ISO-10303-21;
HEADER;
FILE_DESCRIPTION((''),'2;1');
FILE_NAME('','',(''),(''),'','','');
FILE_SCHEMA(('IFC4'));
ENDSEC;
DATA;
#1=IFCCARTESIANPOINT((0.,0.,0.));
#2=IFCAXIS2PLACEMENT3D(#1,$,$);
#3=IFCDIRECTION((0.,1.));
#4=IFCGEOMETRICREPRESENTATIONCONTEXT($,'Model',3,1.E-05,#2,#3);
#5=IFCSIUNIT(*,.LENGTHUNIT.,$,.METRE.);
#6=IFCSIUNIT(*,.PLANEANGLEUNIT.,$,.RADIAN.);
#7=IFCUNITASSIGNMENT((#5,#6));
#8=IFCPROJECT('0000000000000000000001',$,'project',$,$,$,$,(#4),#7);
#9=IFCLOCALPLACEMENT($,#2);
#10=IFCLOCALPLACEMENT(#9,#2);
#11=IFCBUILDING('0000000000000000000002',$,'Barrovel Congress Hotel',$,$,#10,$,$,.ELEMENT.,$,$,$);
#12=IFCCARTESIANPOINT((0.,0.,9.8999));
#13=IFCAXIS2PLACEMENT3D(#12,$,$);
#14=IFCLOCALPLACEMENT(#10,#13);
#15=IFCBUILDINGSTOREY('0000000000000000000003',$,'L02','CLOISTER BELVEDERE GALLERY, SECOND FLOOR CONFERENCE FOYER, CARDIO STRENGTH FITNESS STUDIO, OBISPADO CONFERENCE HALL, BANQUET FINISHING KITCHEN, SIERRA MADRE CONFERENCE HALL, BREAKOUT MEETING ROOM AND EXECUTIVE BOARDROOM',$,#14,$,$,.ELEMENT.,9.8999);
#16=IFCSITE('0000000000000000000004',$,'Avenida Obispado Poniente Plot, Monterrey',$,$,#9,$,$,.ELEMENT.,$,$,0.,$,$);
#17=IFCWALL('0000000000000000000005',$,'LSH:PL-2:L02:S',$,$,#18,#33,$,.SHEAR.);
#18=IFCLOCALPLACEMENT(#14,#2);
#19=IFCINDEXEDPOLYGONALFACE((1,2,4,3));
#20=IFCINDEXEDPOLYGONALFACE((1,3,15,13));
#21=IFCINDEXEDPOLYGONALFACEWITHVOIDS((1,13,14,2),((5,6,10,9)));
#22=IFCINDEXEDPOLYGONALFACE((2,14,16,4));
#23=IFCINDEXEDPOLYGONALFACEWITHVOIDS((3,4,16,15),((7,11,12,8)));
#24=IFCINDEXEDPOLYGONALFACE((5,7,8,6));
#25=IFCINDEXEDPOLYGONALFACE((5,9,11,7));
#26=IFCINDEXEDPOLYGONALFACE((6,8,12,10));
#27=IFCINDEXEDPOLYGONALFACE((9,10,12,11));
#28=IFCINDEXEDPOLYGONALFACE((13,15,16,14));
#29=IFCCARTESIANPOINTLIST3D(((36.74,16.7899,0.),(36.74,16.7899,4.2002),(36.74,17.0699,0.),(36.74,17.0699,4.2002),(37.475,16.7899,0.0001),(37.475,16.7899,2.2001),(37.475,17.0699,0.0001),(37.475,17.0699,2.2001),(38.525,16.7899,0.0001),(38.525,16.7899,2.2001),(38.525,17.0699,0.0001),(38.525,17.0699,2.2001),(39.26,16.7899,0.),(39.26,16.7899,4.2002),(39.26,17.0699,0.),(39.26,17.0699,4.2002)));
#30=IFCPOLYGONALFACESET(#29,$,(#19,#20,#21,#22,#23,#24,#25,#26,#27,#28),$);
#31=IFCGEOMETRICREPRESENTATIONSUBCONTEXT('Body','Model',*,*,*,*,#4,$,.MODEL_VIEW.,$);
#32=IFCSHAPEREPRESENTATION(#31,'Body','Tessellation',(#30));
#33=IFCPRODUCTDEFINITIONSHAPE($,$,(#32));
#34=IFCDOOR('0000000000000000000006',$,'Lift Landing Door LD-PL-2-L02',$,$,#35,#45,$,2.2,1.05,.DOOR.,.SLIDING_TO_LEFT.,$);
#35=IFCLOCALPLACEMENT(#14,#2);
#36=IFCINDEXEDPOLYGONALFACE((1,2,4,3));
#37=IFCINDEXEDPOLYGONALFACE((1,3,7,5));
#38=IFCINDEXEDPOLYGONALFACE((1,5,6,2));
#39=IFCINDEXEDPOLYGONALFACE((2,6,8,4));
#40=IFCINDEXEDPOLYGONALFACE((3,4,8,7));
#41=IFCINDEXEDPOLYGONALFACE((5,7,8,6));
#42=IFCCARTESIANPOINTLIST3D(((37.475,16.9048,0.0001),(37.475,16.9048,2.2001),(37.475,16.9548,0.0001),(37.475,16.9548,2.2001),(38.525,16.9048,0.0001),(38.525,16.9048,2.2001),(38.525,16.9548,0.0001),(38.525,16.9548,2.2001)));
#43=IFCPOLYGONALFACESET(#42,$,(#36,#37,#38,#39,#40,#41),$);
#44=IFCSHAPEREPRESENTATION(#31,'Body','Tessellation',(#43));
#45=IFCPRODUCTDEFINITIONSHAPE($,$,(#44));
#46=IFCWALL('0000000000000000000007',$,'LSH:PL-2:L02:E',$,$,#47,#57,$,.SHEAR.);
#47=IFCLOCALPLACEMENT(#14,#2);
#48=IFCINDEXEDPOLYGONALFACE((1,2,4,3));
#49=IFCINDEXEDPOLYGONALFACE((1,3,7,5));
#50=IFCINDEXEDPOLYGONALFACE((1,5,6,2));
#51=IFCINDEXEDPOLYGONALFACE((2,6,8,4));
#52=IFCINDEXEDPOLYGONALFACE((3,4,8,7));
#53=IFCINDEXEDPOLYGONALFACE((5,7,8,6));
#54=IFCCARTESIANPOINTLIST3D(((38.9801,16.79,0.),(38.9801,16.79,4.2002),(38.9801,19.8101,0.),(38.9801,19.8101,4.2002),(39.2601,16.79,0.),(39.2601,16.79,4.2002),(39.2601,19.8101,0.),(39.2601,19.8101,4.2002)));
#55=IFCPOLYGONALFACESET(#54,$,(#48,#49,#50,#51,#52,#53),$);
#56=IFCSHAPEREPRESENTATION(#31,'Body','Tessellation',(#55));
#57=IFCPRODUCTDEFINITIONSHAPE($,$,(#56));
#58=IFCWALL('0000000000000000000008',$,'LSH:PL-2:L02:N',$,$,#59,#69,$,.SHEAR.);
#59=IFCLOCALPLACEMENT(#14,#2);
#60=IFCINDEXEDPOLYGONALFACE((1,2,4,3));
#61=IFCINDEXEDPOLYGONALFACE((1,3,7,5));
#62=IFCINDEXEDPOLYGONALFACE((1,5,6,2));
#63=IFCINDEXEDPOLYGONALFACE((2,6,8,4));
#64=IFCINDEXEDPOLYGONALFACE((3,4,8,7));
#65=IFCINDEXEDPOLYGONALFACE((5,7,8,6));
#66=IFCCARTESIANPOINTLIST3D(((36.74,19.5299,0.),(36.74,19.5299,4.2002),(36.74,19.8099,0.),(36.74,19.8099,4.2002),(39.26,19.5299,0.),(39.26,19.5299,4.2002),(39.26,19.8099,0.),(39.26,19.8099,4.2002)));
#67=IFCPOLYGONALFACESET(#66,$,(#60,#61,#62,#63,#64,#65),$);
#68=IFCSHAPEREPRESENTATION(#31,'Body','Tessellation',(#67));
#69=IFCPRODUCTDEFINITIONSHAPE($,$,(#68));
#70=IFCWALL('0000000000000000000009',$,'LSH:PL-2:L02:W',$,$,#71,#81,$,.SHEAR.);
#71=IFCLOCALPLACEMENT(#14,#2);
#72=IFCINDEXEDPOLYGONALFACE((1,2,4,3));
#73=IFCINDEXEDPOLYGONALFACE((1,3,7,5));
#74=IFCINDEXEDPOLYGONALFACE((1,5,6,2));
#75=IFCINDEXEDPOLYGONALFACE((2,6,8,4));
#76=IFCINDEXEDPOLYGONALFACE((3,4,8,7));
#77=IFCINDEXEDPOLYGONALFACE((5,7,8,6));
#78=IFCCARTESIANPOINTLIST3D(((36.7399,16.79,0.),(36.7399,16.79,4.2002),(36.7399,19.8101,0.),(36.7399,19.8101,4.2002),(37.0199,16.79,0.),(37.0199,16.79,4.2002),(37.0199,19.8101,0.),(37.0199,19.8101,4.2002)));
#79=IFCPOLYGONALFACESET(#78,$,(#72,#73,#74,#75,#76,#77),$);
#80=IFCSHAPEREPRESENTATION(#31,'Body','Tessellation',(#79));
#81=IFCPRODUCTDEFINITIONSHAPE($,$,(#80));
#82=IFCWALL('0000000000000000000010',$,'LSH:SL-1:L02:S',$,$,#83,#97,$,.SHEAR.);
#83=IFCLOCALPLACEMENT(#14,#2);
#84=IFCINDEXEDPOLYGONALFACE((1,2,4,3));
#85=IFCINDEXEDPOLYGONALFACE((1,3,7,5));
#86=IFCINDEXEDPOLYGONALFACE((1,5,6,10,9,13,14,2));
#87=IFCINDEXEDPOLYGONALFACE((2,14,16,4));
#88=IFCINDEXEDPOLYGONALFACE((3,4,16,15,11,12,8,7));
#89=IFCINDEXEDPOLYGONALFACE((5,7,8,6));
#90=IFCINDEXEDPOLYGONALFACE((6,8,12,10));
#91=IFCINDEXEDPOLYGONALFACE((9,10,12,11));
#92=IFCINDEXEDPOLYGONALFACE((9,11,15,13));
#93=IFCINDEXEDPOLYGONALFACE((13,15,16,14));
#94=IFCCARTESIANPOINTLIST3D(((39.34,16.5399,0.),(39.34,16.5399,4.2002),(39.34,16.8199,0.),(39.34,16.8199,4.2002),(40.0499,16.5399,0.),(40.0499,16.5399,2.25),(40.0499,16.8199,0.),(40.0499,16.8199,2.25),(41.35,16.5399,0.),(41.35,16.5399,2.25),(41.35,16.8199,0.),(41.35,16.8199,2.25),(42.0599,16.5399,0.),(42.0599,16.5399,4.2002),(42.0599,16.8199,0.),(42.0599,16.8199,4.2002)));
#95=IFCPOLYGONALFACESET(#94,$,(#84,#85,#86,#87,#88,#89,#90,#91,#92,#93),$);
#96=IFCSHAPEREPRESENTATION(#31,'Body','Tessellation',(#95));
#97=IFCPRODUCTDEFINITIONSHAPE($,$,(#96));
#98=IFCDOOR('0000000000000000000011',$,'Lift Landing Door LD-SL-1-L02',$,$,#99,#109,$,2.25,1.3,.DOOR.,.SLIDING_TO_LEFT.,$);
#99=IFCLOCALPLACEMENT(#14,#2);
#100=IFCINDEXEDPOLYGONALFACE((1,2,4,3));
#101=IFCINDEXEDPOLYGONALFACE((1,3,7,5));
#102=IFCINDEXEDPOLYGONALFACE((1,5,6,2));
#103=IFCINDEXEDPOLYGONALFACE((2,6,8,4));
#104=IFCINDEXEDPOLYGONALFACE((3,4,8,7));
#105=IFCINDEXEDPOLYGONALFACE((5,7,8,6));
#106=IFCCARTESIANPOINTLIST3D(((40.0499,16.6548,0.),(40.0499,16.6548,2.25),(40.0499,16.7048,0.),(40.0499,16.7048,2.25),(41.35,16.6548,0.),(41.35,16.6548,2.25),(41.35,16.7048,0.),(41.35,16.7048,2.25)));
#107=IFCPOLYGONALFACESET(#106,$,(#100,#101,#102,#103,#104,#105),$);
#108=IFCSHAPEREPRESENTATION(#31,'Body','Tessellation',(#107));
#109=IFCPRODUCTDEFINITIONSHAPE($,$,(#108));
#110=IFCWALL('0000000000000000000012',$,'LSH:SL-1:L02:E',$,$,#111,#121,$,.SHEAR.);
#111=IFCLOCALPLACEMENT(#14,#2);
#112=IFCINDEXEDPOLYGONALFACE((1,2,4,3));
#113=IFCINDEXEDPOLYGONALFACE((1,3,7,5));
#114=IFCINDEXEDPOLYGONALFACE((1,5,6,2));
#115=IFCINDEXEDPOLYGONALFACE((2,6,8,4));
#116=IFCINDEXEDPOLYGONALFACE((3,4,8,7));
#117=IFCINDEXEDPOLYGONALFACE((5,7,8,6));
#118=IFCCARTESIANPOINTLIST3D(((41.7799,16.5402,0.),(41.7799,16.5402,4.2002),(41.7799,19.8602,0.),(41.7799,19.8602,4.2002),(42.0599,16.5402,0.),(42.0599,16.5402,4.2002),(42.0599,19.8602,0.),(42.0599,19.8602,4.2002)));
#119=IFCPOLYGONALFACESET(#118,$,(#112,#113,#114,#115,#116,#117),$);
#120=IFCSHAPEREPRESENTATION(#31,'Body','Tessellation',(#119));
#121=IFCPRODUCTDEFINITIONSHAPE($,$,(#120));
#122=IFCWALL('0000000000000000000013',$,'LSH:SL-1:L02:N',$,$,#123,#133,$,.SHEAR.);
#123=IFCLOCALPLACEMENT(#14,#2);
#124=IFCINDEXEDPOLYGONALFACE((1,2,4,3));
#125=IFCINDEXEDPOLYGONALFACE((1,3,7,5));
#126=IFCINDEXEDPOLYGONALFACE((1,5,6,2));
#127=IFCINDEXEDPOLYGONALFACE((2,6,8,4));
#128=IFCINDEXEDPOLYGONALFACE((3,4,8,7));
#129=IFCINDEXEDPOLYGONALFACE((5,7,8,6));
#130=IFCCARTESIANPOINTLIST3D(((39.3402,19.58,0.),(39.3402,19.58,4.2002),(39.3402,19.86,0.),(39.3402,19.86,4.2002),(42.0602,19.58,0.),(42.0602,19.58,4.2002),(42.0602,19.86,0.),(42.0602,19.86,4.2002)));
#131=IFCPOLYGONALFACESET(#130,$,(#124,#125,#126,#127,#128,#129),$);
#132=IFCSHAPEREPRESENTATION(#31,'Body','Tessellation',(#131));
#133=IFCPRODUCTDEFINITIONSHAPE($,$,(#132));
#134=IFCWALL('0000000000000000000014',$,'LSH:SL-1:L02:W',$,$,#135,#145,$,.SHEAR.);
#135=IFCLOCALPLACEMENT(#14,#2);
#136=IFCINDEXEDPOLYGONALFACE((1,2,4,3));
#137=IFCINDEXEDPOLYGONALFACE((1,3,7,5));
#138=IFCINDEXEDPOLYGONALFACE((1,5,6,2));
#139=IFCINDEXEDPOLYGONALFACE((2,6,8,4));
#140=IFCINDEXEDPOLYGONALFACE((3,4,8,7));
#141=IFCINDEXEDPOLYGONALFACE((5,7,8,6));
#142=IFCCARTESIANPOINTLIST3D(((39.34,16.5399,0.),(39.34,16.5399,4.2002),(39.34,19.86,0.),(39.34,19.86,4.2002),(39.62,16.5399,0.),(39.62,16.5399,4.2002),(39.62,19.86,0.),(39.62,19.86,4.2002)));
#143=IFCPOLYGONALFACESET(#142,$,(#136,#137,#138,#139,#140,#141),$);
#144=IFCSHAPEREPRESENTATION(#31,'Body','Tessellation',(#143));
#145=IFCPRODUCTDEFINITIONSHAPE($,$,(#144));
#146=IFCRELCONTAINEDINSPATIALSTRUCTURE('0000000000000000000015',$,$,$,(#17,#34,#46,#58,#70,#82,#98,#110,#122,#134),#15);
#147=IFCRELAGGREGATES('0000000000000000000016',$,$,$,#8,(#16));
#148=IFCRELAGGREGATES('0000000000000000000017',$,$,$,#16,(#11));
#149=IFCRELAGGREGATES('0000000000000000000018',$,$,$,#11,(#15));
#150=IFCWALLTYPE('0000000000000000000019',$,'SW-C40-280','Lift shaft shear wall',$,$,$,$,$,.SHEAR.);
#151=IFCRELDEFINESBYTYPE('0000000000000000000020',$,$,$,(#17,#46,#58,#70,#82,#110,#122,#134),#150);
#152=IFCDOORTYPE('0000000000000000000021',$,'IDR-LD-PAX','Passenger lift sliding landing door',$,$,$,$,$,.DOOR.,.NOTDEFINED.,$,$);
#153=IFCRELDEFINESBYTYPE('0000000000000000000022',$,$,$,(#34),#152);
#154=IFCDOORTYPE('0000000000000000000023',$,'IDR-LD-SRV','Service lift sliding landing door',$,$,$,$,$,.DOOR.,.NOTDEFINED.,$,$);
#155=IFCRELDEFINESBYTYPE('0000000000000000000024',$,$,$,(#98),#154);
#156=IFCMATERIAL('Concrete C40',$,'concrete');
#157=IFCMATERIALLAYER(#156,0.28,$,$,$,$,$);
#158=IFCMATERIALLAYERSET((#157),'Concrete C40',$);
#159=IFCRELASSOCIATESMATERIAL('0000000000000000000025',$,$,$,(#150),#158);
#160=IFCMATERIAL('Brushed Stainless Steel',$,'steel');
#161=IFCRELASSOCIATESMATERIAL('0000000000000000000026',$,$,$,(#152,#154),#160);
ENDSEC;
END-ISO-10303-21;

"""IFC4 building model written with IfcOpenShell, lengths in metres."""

from ifc_helpers import new_model, si_unit, direction, frame, frame_2d, origin, place, context, subcontext, project, spatial, rectangle, extrude, material, layer, layer_set, type_object, element, fill, save


model = new_model("IFC4")

# Units and contexts
model_context = context("Model", 3, precision=1e-05, world=origin(), true_north=direction((0.0, 1.0)))
body_context = subcontext(model_context, "Body", "Model", "MODEL_VIEW")
ifc_project = project(units=[si_unit("LENGTHUNIT", "METRE"), si_unit("PLANEANGLEUNIT", "RADIAN")], contexts=[model_context])

# Site, building, storey
site_placement = place(None, origin())
site = spatial("IfcSite", under=ifc_project, at=site_placement, Name="Avenida Obispado Poniente Plot, Monterrey", CompositionType="ELEMENT", RefElevation=0.0)
building_placement = place(site_placement, origin())
building = spatial("IfcBuilding", under=site, at=building_placement, Name="Barrovel Congress Hotel", CompositionType="ELEMENT")
storey_placement = place(building_placement, frame((0.0, 0.0, 9.8999)))
storey = spatial("IfcBuildingStorey", under=building, at=storey_placement, Name="L02", Description="CLOISTER BELVEDERE GALLERY, SECOND FLOOR CONFERENCE FOYER, CARDIO STRENGTH FITNESS STUDIO, OBISPADO CONFERENCE HALL, BANQUET FINISHING KITCHEN, SIERRA MADRE CONFERENCE HALL, BREAKOUT MEETING ROOM AND EXECUTIVE BOARDROOM", CompositionType="ELEMENT", Elevation=9.8999)

# Shared definitions
ifc_material_1 = material(Name="Concrete C40", Category="concrete")

# Shared definitions
ifc_layer_1 = layer(ifc_material_1, 0.28)
ifc_layer_set_1 = layer_set([ifc_layer_1], Name="Concrete C40")
wall_type_1 = type_object("IfcWallType", Name="SW-C40-280", Description="Lift shaft shear wall", PredefinedType="SHEAR", material=ifc_layer_set_1)

# Wall, opening, door
wall_1_placement = place(storey_placement, frame((36.74, 16.9299, 0.0), z_axis=(0.0, 0.0, 1.0), x_axis=(1.0, 0.0, 0.0)))
wall_1 = element("IfcWall", 1, at=wall_1_placement, inside=storey, type_object=wall_type_1, Name="LSH:PL-2:L02:S", PredefinedType="SHEAR", context=body_context, shape_type="SweptSolid", body=[
    extrude(rectangle(XDim=2.52, YDim=0.28, at=frame_2d((1.26, 0.0))), origin(), (0.0, 0.0, 1.0), 4.2002),
])
opening_1_placement = place(wall_1_placement, frame((0.7351, 0.0, 0.0)))
opening_1 = element("IfcOpeningElement", 2, at=opening_1_placement, cuts=wall_1, PredefinedType="OPENING", context=body_context, shape_type="SweptSolid", body=[
    extrude(rectangle(XDim=1.05, YDim=2.2, at=frame_2d((0.5249, 1.1001))), frame((0.0, 0.1499, 0.0), z_axis=(0.0, -1.0, 0.0), x_axis=(1.0, 0.0, 0.0)), (0.0, 0.0, 1.0), 0.3),
])
ifc_material_2 = material(Name="Brushed Stainless Steel", Category="steel")
door_type_1 = type_object("IfcDoorType", Name="IDR-LD-PAX", Description="Passenger lift sliding landing door", OperationType="NOTDEFINED", PredefinedType="DOOR", material=ifc_material_2)
door_1_placement = place(opening_1_placement, origin())
door_1 = element("IfcDoor", 3, at=door_1_placement, inside=storey, type_object=door_type_1, Name="Lift Landing Door LD-PL-2-L02", OperationType="SLIDING_TO_LEFT", OverallHeight=2.2, OverallWidth=1.05, PredefinedType="DOOR", context=body_context, shape_type="SweptSolid", body=[
    extrude(rectangle(XDim=1.05, YDim=2.2, at=frame_2d((0.5249, 1.1001))), frame((0.0, 0.0249, 0.0), z_axis=(0.0, -1.0, 0.0), x_axis=(1.0, 0.0, 0.0)), (0.0, 0.0, 1.0), 0.05),
])
fill(opening_1, door_1)

# Walls
wall_2_placement = place(storey_placement, frame((39.1201, 16.79, 0.0), z_axis=(0.0, 0.0, 1.0), x_axis=(0.0, 1.0, 0.0)))
element("IfcWall", 4, at=wall_2_placement, inside=storey, type_object=wall_type_1, Name="LSH:PL-2:L02:E", PredefinedType="SHEAR", context=body_context, shape_type="SweptSolid", body=[
    extrude(rectangle(XDim=3.02, YDim=0.28, at=frame_2d((1.51, 0.0))), origin(), (0.0, 0.0, 1.0), 4.2002),
])
wall_3_placement = place(storey_placement, frame((39.26, 19.6699, 0.0), z_axis=(0.0, 0.0, 1.0), x_axis=(-1.0, 0.0, 0.0)))
element("IfcWall", 5, at=wall_3_placement, inside=storey, type_object=wall_type_1, Name="LSH:PL-2:L02:N", PredefinedType="SHEAR", context=body_context, shape_type="SweptSolid", body=[
    extrude(rectangle(XDim=2.52, YDim=0.28, at=frame_2d((1.26, 0.0))), origin(), (0.0, 0.0, 1.0), 4.2002),
])
wall_4_placement = place(storey_placement, frame((36.8799, 19.8101, 0.0), z_axis=(0.0, 0.0, 1.0), x_axis=(0.0, -1.0, 0.0)))
element("IfcWall", 6, at=wall_4_placement, inside=storey, type_object=wall_type_1, Name="LSH:PL-2:L02:W", PredefinedType="SHEAR", context=body_context, shape_type="SweptSolid", body=[
    extrude(rectangle(XDim=3.02, YDim=0.28, at=frame_2d((1.51, 0.0))), origin(), (0.0, 0.0, 1.0), 4.2002),
])

# Wall, opening, door
wall_5_placement = place(storey_placement, frame((39.3401, 16.6799, 0.0), z_axis=(0.0, 0.0, 1.0), x_axis=(1.0, 0.0, 0.0)))
wall_5 = element("IfcWall", 7, at=wall_5_placement, inside=storey, type_object=wall_type_1, Name="LSH:SL-1:L02:S", PredefinedType="SHEAR", context=body_context, shape_type="SweptSolid", body=[
    extrude(rectangle(XDim=2.72, YDim=0.28, at=frame_2d((1.3599, 0.0))), origin(), (0.0, 0.0, 1.0), 4.2002),
])
opening_2_placement = place(wall_5_placement, frame((0.71, 0.0, 0.0)))
opening_2 = element("IfcOpeningElement", 8, at=opening_2_placement, cuts=wall_5, PredefinedType="OPENING", context=body_context, shape_type="SweptSolid", body=[
    extrude(rectangle(XDim=1.3, YDim=2.25, at=frame_2d((0.6499, 1.125))), frame((0.0, 0.1499, 0.0), z_axis=(0.0, -1.0, 0.0), x_axis=(1.0, 0.0, 0.0)), (0.0, 0.0, 1.0), 0.3),
])
door_type_2 = type_object("IfcDoorType", Name="IDR-LD-SRV", Description="Service lift sliding landing door", OperationType="NOTDEFINED", PredefinedType="DOOR", material=ifc_material_2)
door_2_placement = place(opening_2_placement, origin())
door_2 = element("IfcDoor", 9, at=door_2_placement, inside=storey, type_object=door_type_2, Name="Lift Landing Door LD-SL-1-L02", OperationType="SLIDING_TO_LEFT", OverallHeight=2.25, OverallWidth=1.3, PredefinedType="DOOR", context=body_context, shape_type="SweptSolid", body=[
    extrude(rectangle(XDim=1.3, YDim=2.25, at=frame_2d((0.6499, 1.125))), frame((0.0, 0.0249, 0.0), z_axis=(0.0, -1.0, 0.0), x_axis=(1.0, 0.0, 0.0)), (0.0, 0.0, 1.0), 0.05),
])
fill(opening_2, door_2)

# Walls
wall_6_placement = place(storey_placement, frame((41.9199, 16.54, 0.0), z_axis=(0.0, 0.0, 1.0), x_axis=(0.0, 1.0, 0.0)))
element("IfcWall", 10, at=wall_6_placement, inside=storey, type_object=wall_type_1, Name="LSH:SL-1:L02:E", PredefinedType="SHEAR", context=body_context, shape_type="SweptSolid", body=[
    extrude(rectangle(XDim=3.3201, YDim=0.28, at=frame_2d((1.6602, 0.0))), origin(), (0.0, 0.0, 1.0), 4.2002),
])
wall_7_placement = place(storey_placement, frame((42.0601, 19.72, 0.0), z_axis=(0.0, 0.0, 1.0), x_axis=(-1.0, 0.0, 0.0)))
element("IfcWall", 11, at=wall_7_placement, inside=storey, type_object=wall_type_1, Name="LSH:SL-1:L02:N", PredefinedType="SHEAR", context=body_context, shape_type="SweptSolid", body=[
    extrude(rectangle(XDim=2.72, YDim=0.28, at=frame_2d((1.3599, 0.0))), origin(), (0.0, 0.0, 1.0), 4.2002),
])
wall_8_placement = place(storey_placement, frame((39.48, 19.8601, 0.0), z_axis=(0.0, 0.0, 1.0), x_axis=(0.0, -1.0, 0.0)))
element("IfcWall", 12, at=wall_8_placement, inside=storey, type_object=wall_type_1, Name="LSH:SL-1:L02:W", PredefinedType="SHEAR", context=body_context, shape_type="SweptSolid", body=[
    extrude(rectangle(XDim=3.3201, YDim=0.28, at=frame_2d((1.6602, 0.0))), origin(), (0.0, 0.0, 1.0), 4.2002),
])

save(model, "model.ifc")
